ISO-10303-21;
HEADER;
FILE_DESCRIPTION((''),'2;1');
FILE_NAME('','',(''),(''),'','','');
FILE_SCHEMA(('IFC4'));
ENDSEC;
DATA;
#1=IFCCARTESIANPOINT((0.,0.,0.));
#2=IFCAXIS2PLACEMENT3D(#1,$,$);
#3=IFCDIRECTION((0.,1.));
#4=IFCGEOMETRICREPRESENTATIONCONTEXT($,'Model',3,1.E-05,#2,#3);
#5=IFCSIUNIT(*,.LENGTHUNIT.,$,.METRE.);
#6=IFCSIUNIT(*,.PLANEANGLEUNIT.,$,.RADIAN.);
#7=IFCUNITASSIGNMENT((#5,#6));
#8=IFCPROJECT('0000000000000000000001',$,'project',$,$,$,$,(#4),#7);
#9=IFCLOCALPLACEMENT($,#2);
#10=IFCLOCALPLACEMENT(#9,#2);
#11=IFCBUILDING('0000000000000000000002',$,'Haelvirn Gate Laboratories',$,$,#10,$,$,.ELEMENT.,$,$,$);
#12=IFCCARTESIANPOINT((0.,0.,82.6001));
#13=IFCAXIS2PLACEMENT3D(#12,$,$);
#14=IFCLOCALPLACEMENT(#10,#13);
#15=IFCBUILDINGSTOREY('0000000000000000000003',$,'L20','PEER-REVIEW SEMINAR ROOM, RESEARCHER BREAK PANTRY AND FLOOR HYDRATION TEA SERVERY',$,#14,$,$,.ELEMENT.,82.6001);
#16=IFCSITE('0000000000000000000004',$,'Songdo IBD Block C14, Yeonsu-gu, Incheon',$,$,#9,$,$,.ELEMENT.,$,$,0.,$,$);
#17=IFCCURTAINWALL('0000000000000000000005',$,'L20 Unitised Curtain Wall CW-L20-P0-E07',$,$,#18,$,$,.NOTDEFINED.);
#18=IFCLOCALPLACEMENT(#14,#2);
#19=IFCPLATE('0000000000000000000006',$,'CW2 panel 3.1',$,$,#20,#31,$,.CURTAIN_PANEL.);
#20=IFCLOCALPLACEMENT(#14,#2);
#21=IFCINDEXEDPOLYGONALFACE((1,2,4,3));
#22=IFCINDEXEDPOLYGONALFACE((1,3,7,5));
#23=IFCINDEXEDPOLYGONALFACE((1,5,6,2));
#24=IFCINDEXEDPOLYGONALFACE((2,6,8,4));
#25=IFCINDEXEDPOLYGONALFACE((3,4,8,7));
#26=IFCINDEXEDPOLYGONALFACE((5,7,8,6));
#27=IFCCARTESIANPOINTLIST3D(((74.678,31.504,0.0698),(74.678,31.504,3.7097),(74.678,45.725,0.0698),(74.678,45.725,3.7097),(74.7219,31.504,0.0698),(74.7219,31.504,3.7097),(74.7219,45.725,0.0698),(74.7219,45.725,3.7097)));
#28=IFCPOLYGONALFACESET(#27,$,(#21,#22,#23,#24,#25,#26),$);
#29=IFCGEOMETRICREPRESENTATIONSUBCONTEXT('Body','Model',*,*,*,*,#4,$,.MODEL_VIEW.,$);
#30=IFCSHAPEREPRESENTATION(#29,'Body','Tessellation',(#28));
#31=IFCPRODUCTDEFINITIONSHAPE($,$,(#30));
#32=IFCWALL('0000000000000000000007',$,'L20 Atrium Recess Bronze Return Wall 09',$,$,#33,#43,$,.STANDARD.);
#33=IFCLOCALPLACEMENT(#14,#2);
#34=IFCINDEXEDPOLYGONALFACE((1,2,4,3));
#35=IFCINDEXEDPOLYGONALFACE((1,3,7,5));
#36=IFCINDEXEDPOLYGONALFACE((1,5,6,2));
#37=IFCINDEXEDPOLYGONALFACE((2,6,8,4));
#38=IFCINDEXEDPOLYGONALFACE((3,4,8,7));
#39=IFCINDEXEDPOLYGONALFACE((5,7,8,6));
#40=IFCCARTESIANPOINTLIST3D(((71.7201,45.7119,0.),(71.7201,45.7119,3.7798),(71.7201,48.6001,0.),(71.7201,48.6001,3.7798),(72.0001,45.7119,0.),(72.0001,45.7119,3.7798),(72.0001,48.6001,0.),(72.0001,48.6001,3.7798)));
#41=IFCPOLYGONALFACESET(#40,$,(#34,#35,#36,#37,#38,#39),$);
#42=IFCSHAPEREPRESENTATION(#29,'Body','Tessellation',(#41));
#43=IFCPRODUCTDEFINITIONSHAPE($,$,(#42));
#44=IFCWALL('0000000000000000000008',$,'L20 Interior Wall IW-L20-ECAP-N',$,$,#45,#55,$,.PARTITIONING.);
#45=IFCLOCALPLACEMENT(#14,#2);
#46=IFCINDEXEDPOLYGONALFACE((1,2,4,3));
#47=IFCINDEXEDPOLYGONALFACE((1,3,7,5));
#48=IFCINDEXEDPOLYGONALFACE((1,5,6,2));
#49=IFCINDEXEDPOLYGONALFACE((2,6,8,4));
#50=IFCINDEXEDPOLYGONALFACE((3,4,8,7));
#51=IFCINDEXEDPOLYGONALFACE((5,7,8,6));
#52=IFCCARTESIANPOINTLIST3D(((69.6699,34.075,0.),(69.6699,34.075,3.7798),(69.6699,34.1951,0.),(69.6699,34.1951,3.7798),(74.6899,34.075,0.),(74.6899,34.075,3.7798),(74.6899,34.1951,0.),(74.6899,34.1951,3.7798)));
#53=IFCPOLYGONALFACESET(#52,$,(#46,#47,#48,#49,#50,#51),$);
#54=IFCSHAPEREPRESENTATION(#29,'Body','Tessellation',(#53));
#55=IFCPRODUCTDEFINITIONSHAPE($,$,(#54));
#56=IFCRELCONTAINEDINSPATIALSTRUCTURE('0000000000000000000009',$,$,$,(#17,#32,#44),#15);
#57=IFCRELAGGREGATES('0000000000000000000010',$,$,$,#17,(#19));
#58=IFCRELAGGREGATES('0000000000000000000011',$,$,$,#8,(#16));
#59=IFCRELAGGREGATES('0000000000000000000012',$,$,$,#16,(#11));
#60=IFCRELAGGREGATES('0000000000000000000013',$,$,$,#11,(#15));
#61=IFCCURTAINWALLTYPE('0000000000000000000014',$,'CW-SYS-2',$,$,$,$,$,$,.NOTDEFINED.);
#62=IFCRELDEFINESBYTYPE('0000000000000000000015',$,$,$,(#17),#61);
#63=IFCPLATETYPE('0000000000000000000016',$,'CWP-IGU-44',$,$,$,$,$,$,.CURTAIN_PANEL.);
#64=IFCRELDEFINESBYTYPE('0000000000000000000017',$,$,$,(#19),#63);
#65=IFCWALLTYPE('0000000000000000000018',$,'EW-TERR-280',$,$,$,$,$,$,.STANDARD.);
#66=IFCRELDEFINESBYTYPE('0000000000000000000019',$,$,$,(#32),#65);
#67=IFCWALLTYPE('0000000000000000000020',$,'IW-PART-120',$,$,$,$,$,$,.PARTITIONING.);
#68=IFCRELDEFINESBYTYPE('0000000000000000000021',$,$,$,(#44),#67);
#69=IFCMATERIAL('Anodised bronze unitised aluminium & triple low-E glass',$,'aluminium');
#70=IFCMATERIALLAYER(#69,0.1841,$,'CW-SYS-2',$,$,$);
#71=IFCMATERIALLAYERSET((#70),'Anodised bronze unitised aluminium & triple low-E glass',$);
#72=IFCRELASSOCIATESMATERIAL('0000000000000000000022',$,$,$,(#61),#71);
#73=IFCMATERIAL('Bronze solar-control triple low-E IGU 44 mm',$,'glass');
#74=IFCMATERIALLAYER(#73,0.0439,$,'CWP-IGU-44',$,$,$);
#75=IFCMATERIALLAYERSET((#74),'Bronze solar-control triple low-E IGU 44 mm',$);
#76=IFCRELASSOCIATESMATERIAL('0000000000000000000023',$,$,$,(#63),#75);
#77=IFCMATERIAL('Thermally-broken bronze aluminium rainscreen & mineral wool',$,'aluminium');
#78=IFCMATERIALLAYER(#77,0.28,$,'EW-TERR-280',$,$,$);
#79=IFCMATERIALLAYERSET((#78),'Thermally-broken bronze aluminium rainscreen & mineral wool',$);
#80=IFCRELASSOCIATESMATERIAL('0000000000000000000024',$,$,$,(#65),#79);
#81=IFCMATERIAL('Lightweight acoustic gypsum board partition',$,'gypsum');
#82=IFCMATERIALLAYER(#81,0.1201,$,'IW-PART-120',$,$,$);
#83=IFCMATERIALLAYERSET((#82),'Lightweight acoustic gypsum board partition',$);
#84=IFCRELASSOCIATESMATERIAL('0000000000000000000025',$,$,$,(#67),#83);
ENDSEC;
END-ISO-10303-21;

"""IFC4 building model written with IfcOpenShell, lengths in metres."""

from ifc_helpers import new_model, si_unit, direction, frame, frame_2d, origin, origin_2d, place, context, subcontext, project, spatial, rectangle, extrude, source, transform, mapped, material, layer, layer_set, type_object, element, aggregate, save


model = new_model("IFC4")

# Units and contexts
model_context = context("Model", 3, precision=1e-05, world=origin(), true_north=direction((0.0, 1.0)))
body_context = subcontext(model_context, "Body", "Model", "MODEL_VIEW")
ifc_project = project(units=[si_unit("LENGTHUNIT", "METRE"), si_unit("PLANEANGLEUNIT", "RADIAN")], contexts=[model_context])

# Site, building, storey
site_placement = place(None, origin())
site = spatial("IfcSite", under=ifc_project, at=site_placement, Name="Songdo IBD Block C14, Yeonsu-gu, Incheon", CompositionType="ELEMENT", RefElevation=0.0)
building_placement = place(site_placement, origin())
building = spatial("IfcBuilding", under=site, at=building_placement, Name="Haelvirn Gate Laboratories", CompositionType="ELEMENT")
storey_placement = place(building_placement, frame((0.0, 0.0, 82.6001)))
storey = spatial("IfcBuildingStorey", under=building, at=storey_placement, Name="L20", Description="PEER-REVIEW SEMINAR ROOM, RESEARCHER BREAK PANTRY AND FLOOR HYDRATION TEA SERVERY", CompositionType="ELEMENT", Elevation=82.6001)

# Shared definitions
ifc_material_1 = material(Name="Anodised bronze unitised aluminium & triple low-E glass", Category="aluminium")
ifc_layer_1 = layer(ifc_material_1, 0.1841, Name="CW-SYS-2")
ifc_layer_set_1 = layer_set([ifc_layer_1], Name="Anodised bronze unitised aluminium & triple low-E glass")
curtain_wall_type_1 = type_object("IfcCurtainWallType", Name="CW-SYS-2", PredefinedType="NOTDEFINED", material=ifc_layer_set_1)

# Curtain wall
curtain_wall_1_placement = place(storey_placement, origin())
curtain_wall_1 = element("IfcCurtainWall", 1, at=curtain_wall_1_placement, inside=storey, type_object=curtain_wall_type_1, Name="L20 Unitised Curtain Wall CW-L20-P0-E07", PredefinedType="NOTDEFINED")

# Plate
ifc_material_2 = material(Name="Bronze solar-control triple low-E IGU 44 mm", Category="glass")
ifc_layer_2 = layer(ifc_material_2, 0.0439, Name="CWP-IGU-44")
ifc_layer_set_2 = layer_set([ifc_layer_2], Name="Bronze solar-control triple low-E IGU 44 mm")
plate_type_1 = type_object("IfcPlateType", Name="CWP-IGU-44", PredefinedType="CURTAIN_PANEL", material=ifc_layer_set_2)
shared_shape_1 = source(origin(), body_context, "Body", "SweptSolid", [
    extrude(rectangle(XDim=14.2209, YDim=0.0439, at=origin_2d()), origin(), (0.0, 0.0, 1.0), 3.6399),
])
plate_1_placement = place(storey_placement, frame((74.7, 38.6145, 0.0698), z_axis=(0.0, 0.0, 1.0), x_axis=(0.0, 1.0, 0.0)))
plate_1 = element("IfcPlate", 2, at=plate_1_placement, type_object=plate_type_1, Name="CW2 panel 3.1", PredefinedType="CURTAIN_PANEL", context=body_context, shape_type="MappedRepresentation", body=[
    mapped(shared_shape_1, transform((0.0, 0.0, 0.0), scale=1.0)),
])
aggregate(curtain_wall_1, [plate_1])

# Walls
ifc_material_3 = material(Name="Thermally-broken bronze aluminium rainscreen & mineral wool", Category="aluminium")
ifc_layer_3 = layer(ifc_material_3, 0.28, Name="EW-TERR-280")
ifc_layer_set_3 = layer_set([ifc_layer_3], Name="Thermally-broken bronze aluminium rainscreen & mineral wool")
wall_type_1 = type_object("IfcWallType", Name="EW-TERR-280", PredefinedType="STANDARD", material=ifc_layer_set_3)
wall_1_placement = place(storey_placement, frame((71.8601, 45.7119, 0.0), z_axis=(0.0, 0.0, 1.0), x_axis=(0.0, 1.0, 0.0)))
element("IfcWall", 3, at=wall_1_placement, inside=storey, type_object=wall_type_1, Name="L20 Atrium Recess Bronze Return Wall 09", PredefinedType="STANDARD", context=body_context, shape_type="SweptSolid", body=[
    extrude(rectangle(XDim=2.8882, YDim=0.28, at=frame_2d((1.4441, 0.0))), origin(), (0.0, 0.0, 1.0), 3.7798),
])
ifc_material_4 = material(Name="Lightweight acoustic gypsum board partition", Category="gypsum")
ifc_layer_4 = layer(ifc_material_4, 0.1201, Name="IW-PART-120")
ifc_layer_set_4 = layer_set([ifc_layer_4], Name="Lightweight acoustic gypsum board partition")
wall_type_2 = type_object("IfcWallType", Name="IW-PART-120", PredefinedType="PARTITIONING", material=ifc_layer_set_4)
wall_2_placement = place(storey_placement, frame((69.6699, 34.135, 0.0), z_axis=(0.0, 0.0, 1.0), x_axis=(1.0, 0.0, 0.0)))
element("IfcWall", 4, at=wall_2_placement, inside=storey, type_object=wall_type_2, Name="L20 Interior Wall IW-L20-ECAP-N", PredefinedType="PARTITIONING", context=body_context, shape_type="SweptSolid", body=[
    extrude(rectangle(XDim=5.02, YDim=0.1201, at=frame_2d((2.51, 0.0))), origin(), (0.0, 0.0, 1.0), 3.7798),
])

save(model, "model.ifc")
